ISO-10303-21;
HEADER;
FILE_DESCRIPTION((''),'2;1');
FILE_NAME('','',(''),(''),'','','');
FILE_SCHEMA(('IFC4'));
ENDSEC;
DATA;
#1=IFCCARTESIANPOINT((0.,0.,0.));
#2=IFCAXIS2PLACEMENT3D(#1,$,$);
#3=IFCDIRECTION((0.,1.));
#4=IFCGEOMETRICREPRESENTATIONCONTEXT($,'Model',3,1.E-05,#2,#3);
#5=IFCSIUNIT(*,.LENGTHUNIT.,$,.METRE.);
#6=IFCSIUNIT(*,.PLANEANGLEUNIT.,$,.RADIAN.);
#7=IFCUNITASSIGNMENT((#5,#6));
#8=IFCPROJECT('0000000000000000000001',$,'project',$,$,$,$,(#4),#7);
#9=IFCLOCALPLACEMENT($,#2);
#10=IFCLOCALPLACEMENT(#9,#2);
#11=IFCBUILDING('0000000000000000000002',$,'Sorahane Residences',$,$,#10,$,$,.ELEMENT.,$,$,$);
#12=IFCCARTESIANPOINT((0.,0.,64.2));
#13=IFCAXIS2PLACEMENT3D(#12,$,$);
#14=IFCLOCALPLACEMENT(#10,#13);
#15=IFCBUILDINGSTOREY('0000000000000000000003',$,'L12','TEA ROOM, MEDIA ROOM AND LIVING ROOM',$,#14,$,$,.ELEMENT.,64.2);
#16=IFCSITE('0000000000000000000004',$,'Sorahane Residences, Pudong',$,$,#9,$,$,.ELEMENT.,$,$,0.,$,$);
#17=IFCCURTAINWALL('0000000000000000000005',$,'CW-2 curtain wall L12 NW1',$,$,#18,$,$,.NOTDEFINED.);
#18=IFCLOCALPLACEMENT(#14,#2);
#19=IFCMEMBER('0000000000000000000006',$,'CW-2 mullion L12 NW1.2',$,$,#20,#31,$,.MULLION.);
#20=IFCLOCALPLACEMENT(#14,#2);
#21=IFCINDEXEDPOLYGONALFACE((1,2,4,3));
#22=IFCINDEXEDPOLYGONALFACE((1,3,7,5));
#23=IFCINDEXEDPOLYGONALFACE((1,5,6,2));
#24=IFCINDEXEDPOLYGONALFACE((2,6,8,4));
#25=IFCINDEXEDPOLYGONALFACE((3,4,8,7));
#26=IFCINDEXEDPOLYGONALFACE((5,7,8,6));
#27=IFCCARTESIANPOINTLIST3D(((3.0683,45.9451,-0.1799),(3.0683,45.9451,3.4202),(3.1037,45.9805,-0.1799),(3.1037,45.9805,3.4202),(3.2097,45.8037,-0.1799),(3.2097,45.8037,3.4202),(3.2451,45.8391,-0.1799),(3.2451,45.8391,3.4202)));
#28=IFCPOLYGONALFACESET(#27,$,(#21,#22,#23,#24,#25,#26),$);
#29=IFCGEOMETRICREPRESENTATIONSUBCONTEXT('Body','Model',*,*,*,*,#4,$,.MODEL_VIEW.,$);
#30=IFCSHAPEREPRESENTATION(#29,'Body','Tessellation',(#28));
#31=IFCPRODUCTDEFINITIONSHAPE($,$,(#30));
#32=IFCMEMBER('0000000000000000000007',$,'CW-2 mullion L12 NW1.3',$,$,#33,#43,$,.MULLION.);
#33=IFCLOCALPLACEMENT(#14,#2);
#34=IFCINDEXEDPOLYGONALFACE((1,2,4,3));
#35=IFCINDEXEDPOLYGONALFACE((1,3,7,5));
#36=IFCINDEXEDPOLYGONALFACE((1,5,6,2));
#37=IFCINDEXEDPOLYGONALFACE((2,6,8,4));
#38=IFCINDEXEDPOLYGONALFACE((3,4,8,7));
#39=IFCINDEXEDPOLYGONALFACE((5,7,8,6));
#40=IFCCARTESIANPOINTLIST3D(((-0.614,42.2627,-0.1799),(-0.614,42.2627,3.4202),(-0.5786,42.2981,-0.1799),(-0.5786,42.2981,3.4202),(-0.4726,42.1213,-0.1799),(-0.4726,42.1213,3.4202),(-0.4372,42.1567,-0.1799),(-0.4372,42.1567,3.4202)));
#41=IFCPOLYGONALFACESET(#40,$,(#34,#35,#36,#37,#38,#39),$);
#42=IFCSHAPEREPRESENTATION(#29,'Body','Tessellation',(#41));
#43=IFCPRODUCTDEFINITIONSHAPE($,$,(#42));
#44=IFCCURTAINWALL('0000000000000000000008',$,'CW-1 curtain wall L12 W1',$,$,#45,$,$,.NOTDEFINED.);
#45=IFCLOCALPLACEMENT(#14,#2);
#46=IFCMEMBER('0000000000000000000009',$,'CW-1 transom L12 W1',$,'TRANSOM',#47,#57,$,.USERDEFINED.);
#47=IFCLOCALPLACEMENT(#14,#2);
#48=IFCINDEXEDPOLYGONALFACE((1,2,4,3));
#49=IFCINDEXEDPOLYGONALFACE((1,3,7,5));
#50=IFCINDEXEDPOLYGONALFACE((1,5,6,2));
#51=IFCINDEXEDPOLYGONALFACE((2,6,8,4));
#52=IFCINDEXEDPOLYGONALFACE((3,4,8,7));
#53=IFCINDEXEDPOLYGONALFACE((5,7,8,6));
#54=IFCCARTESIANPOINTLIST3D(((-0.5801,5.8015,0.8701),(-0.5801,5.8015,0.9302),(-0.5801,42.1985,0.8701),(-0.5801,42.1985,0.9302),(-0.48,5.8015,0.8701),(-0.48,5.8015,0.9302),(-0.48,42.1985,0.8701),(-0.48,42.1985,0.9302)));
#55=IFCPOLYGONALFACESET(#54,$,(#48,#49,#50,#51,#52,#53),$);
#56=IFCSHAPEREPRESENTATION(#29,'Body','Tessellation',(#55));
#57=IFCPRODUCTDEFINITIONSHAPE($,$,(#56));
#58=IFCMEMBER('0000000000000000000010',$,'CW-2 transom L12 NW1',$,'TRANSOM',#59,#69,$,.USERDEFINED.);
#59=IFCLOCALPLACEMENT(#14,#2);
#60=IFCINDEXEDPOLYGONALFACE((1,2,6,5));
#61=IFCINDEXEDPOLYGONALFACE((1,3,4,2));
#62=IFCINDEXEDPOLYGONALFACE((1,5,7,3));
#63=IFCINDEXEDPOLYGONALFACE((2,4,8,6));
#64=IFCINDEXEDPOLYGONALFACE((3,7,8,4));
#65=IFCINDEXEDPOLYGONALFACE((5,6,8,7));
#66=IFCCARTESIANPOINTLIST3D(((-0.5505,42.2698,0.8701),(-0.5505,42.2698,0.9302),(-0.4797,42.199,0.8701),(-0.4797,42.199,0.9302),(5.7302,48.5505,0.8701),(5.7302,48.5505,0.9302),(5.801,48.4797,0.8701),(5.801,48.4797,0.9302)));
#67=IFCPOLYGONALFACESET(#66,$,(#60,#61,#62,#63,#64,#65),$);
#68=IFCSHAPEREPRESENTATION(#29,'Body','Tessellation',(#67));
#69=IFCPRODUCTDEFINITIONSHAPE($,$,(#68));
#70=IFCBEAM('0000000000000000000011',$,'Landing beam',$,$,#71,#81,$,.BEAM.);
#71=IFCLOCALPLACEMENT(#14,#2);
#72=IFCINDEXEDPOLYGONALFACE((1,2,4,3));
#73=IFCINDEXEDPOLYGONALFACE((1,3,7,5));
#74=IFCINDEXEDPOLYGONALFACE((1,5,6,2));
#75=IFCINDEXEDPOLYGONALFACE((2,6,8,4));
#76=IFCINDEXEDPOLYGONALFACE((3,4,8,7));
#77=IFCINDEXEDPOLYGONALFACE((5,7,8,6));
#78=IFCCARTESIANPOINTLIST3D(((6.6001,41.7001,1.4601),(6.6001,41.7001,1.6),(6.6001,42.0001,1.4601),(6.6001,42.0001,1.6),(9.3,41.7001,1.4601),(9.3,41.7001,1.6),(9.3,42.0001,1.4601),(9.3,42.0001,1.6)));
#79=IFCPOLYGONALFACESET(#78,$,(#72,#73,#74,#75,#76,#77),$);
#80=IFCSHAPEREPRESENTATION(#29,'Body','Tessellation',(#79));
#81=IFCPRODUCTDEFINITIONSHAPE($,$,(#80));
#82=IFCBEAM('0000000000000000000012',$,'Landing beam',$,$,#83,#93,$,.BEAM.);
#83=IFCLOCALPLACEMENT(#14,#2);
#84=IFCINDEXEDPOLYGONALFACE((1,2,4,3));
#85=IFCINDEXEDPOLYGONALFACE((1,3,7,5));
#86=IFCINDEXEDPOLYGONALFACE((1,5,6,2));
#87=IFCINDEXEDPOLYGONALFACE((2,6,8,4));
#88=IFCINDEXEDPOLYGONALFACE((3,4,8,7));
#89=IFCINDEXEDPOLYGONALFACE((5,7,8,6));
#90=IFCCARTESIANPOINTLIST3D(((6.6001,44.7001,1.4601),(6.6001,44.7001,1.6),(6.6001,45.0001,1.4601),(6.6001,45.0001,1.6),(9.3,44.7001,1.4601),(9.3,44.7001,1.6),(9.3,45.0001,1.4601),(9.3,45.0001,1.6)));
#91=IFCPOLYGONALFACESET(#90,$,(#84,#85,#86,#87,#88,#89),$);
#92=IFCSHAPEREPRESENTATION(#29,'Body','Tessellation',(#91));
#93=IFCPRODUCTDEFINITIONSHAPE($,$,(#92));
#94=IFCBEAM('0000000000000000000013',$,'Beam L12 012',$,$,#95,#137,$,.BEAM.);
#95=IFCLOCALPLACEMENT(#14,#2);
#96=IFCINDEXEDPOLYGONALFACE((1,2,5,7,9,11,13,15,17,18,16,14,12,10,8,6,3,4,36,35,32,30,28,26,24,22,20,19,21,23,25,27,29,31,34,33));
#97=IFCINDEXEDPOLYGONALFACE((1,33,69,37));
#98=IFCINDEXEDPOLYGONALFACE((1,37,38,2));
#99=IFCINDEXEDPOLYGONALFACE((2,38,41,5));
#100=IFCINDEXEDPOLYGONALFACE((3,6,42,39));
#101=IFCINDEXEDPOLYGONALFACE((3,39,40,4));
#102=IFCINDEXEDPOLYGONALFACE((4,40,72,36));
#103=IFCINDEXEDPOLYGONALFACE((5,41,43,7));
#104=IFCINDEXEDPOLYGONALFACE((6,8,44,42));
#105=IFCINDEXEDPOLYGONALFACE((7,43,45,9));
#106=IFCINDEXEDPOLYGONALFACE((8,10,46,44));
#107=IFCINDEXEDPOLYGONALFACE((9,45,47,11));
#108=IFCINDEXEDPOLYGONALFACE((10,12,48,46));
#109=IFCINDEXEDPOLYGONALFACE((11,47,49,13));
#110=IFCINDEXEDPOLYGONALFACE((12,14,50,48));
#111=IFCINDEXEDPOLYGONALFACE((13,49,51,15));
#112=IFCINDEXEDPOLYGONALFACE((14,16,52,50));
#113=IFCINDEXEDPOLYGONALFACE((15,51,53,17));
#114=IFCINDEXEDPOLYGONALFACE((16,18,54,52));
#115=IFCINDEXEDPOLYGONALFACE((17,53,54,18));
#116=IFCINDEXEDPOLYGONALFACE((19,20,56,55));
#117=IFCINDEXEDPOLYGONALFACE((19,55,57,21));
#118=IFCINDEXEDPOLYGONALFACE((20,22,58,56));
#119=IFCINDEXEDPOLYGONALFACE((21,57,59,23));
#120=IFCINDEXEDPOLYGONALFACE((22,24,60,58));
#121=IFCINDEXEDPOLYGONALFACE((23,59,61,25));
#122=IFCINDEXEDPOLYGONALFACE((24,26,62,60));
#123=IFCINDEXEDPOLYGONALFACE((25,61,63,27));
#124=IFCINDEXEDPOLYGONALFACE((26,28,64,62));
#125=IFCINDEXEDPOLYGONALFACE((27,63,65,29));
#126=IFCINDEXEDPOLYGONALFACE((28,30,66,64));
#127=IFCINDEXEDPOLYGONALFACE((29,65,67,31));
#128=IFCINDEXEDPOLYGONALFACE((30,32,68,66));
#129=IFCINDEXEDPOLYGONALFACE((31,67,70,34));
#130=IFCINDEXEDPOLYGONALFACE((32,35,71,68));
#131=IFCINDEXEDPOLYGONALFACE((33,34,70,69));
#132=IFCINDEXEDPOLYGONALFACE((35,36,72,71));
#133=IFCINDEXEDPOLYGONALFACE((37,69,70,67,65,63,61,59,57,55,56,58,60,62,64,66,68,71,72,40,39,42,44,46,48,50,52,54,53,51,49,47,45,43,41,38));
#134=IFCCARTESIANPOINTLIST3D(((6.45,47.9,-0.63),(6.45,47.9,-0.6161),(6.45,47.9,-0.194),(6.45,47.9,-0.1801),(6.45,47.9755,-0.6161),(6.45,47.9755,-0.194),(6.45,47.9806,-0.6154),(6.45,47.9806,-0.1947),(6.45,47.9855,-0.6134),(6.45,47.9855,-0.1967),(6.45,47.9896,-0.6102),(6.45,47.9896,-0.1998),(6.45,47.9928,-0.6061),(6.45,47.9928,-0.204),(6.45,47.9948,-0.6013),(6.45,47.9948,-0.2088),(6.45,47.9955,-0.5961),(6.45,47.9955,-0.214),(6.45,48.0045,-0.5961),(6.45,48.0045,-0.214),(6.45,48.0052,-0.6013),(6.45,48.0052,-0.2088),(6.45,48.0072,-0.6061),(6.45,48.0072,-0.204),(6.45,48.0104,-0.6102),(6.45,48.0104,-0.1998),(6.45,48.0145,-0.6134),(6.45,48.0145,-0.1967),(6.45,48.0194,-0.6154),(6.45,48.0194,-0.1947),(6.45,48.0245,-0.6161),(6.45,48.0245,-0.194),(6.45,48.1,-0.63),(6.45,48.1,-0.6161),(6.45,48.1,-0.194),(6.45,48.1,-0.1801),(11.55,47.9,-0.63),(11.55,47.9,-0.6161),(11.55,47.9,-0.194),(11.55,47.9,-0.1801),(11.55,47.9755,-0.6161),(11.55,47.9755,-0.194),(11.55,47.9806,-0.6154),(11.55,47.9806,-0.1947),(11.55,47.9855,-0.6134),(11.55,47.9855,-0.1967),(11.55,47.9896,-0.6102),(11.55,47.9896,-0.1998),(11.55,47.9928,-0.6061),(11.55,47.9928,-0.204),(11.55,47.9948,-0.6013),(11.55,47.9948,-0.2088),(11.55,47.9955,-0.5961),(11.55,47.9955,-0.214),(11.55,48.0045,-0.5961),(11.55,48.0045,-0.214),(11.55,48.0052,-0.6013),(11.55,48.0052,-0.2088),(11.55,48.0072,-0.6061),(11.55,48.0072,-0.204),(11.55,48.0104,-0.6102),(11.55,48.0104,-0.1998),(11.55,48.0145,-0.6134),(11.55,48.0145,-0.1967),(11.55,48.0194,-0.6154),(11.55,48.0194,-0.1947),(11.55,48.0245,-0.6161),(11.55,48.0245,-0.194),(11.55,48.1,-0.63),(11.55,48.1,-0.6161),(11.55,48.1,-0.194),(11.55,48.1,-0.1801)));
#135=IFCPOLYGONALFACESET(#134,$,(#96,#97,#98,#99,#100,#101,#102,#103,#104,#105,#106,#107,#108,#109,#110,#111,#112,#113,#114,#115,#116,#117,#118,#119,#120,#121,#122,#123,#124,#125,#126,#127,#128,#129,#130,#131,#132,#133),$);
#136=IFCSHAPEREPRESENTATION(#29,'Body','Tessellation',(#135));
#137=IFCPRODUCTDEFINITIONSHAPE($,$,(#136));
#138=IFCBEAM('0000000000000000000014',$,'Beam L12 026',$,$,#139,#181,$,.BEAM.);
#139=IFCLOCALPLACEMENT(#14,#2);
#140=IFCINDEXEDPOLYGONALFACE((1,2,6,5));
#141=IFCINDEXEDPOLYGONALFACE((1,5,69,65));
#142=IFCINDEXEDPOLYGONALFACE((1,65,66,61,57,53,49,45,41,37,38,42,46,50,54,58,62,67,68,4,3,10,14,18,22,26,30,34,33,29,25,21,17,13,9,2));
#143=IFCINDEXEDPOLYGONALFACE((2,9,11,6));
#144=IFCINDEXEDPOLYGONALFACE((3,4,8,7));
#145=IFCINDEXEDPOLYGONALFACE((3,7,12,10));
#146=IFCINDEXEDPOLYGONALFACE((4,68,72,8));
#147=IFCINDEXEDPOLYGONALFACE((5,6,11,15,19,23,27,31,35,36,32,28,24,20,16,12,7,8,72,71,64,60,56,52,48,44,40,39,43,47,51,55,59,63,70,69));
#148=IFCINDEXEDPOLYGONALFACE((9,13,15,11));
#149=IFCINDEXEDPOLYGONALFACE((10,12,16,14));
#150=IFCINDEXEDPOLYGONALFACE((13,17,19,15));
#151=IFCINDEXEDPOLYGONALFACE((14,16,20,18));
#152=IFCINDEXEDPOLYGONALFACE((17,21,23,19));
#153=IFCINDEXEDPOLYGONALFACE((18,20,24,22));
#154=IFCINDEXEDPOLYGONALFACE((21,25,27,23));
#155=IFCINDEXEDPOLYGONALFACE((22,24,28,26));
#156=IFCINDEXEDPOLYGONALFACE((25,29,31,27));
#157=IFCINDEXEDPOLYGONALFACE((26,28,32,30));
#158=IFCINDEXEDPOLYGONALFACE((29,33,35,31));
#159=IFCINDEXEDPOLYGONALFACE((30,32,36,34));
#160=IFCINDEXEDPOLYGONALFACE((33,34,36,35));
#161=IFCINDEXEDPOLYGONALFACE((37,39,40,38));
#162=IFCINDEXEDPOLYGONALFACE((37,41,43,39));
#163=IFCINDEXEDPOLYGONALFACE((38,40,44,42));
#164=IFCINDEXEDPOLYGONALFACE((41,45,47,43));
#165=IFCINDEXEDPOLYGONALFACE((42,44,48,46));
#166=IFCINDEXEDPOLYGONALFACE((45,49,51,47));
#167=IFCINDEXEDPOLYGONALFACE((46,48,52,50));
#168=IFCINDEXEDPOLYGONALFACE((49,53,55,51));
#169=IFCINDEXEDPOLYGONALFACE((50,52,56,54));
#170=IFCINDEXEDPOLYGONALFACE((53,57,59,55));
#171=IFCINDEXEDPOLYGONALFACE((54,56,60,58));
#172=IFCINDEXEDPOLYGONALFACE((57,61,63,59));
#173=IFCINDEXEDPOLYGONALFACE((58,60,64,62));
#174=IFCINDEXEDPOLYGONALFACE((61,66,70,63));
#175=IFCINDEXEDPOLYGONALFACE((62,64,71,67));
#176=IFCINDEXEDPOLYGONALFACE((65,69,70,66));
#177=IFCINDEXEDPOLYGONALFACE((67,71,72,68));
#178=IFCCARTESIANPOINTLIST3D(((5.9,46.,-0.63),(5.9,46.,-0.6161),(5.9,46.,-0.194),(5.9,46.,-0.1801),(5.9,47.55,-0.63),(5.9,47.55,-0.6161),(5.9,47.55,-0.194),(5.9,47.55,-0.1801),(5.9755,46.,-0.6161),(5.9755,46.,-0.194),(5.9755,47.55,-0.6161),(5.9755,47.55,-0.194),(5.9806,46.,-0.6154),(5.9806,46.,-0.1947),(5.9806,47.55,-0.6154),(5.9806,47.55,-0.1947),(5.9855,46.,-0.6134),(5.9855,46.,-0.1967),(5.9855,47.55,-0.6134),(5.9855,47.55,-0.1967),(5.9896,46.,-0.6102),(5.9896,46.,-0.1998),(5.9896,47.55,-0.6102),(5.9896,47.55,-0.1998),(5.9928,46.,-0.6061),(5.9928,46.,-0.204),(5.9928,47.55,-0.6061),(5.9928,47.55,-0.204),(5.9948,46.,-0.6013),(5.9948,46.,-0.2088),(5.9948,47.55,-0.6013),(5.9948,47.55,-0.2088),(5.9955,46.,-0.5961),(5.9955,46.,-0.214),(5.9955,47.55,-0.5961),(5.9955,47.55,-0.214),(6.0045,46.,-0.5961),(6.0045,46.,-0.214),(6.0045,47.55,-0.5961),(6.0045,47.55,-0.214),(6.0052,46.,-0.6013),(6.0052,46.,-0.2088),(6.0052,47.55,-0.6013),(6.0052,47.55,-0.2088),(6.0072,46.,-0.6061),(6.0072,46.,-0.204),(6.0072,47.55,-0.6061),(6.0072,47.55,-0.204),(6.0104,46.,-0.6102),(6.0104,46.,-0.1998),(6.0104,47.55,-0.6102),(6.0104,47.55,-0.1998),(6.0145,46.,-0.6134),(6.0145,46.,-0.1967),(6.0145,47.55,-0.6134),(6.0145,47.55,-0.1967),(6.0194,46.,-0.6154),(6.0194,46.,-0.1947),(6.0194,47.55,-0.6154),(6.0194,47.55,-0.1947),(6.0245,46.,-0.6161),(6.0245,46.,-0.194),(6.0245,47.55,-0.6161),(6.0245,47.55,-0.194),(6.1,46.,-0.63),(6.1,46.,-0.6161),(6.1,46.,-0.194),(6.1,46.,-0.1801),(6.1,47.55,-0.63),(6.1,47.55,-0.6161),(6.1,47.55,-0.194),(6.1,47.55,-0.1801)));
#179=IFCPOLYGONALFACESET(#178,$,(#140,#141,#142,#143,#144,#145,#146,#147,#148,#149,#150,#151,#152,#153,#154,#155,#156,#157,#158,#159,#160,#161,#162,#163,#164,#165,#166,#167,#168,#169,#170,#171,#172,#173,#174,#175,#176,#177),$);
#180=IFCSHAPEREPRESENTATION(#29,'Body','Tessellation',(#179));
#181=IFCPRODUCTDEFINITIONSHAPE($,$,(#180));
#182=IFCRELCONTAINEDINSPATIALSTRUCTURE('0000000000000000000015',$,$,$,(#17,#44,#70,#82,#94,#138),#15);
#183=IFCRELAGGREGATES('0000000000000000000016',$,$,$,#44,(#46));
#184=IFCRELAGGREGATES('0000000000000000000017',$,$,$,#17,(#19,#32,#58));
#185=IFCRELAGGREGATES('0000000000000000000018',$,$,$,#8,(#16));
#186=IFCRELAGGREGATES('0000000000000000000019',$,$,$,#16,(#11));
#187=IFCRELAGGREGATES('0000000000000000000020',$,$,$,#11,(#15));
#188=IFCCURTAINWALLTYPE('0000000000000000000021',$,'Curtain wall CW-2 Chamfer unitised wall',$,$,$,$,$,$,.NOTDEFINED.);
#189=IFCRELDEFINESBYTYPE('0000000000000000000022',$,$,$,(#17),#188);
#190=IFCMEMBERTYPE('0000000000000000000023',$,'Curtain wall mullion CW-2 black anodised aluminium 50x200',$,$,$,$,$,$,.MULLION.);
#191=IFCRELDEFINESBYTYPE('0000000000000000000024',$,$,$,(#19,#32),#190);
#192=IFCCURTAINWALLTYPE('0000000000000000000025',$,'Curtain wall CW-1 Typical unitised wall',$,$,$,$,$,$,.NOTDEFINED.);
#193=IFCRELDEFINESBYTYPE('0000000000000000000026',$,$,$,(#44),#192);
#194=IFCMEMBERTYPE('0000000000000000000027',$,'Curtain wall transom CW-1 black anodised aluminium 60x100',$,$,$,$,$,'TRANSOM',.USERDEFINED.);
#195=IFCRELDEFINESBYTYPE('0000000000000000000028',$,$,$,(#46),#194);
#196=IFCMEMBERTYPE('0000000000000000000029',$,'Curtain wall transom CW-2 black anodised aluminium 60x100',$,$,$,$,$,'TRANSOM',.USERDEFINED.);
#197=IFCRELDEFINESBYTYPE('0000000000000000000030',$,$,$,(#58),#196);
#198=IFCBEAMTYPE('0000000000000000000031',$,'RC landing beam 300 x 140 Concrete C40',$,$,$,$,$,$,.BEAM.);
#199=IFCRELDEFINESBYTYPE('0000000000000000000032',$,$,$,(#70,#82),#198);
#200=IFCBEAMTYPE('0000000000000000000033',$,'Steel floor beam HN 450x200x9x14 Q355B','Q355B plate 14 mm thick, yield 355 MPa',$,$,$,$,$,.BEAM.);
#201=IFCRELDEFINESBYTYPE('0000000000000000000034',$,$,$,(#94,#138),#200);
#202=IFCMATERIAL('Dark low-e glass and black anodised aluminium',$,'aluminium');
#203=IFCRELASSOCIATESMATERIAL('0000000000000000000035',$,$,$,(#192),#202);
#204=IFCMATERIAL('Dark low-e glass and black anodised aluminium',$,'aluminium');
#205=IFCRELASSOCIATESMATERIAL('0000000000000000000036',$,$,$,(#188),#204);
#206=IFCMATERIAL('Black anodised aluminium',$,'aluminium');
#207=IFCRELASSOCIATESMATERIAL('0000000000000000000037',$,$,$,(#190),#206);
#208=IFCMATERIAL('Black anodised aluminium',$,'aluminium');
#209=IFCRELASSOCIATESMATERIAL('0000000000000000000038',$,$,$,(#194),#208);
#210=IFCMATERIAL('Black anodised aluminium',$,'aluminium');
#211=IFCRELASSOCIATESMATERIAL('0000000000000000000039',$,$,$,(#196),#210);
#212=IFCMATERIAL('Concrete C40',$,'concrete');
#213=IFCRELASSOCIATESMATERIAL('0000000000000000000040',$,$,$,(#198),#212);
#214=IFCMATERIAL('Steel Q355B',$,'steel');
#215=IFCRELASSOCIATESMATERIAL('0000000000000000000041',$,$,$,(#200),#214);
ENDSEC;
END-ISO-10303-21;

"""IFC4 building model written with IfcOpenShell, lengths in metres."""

from ifc_helpers import new_model, si_unit, direction, frame, origin, origin_2d, place, context, subcontext, project, spatial, rectangle, i_section, extrude, material, material_profile, profile_set, type_object, element, aggregate, save


model = new_model("IFC4")

# Units and contexts
model_context = context("Model", 3, precision=1e-05, world=origin(), true_north=direction((0.0, 1.0)))
body_context = subcontext(model_context, "Body", "Model", "MODEL_VIEW")
ifc_project = project(units=[si_unit("LENGTHUNIT", "METRE"), si_unit("PLANEANGLEUNIT", "RADIAN")], contexts=[model_context])

# Site, building, storey
site_placement = place(None, origin())
site = spatial("IfcSite", under=ifc_project, at=site_placement, Name="Sorahane Residences, Pudong", CompositionType="ELEMENT", RefElevation=0.0)
building_placement = place(site_placement, origin())
building = spatial("IfcBuilding", under=site, at=building_placement, Name="Sorahane Residences", CompositionType="ELEMENT")
storey_placement = place(building_placement, frame((0.0, 0.0, 64.2)))
storey = spatial("IfcBuildingStorey", under=building, at=storey_placement, Name="L12", Description="TEA ROOM, MEDIA ROOM AND LIVING ROOM", CompositionType="ELEMENT", Elevation=64.2)

# Curtain wall, members
ifc_material_1 = material(Name="Dark low-e glass and black anodised aluminium", Category="aluminium")
curtain_wall_type_1 = type_object("IfcCurtainWallType", Name="Curtain wall CW-1 Typical unitised wall", PredefinedType="NOTDEFINED", material=ifc_material_1)
ifc_material_2 = material(Name="Dark low-e glass and black anodised aluminium", Category="aluminium")
curtain_wall_type_2 = type_object("IfcCurtainWallType", Name="Curtain wall CW-2 Chamfer unitised wall", PredefinedType="NOTDEFINED", material=ifc_material_2)
curtain_wall_1_placement = place(storey_placement, origin())
curtain_wall_1 = element("IfcCurtainWall", 1, at=curtain_wall_1_placement, inside=storey, type_object=curtain_wall_type_2, Name="CW-2 curtain wall L12 NW1", PredefinedType="NOTDEFINED")
ifc_material_3 = material(Name="Black anodised aluminium", Category="aluminium")
ifc_material_profile_1 = material_profile(ifc_material_3, rectangle(XDim=0.2, YDim=0.05, at=origin_2d()), Name="Curtain wall mullion CW-2 black anodised aluminium 50x200")
ifc_profile_set_1 = profile_set([ifc_material_profile_1], Name="Black anodised aluminium")
member_type_1 = type_object("IfcMemberType", Name="Curtain wall mullion CW-2 black anodised aluminium 50x200", PredefinedType="MULLION", material=ifc_profile_set_1)
member_1_placement = place(storey_placement, frame((3.1567, 45.8921, -0.1799), z_axis=(0.0, 0.0, 1.0), x_axis=(-0.707107, 0.707107, 0.0)))
member_1 = element("IfcMember", 2, at=member_1_placement, type_object=member_type_1, Name="CW-2 mullion L12 NW1.2", PredefinedType="MULLION", context=body_context, shape_type="SweptSolid", body=[
    extrude(rectangle(XDim=0.2, YDim=0.05, at=origin_2d()), origin(), (0.0, 0.0, 1.0), 3.6001),
])
member_2_placement = place(storey_placement, frame((-0.5256, 42.2097, -0.1799), z_axis=(0.0, 0.0, 1.0), x_axis=(-0.707107, 0.707107, 0.0)))
member_2 = element("IfcMember", 3, at=member_2_placement, type_object=member_type_1, Name="CW-2 mullion L12 NW1.3", PredefinedType="MULLION", context=body_context, shape_type="SweptSolid", body=[
    extrude(rectangle(XDim=0.2, YDim=0.05, at=origin_2d()), origin(), (0.0, 0.0, 1.0), 3.6001),
])

# Curtain wall, member
curtain_wall_2_placement = place(storey_placement, origin())
curtain_wall_2 = element("IfcCurtainWall", 4, at=curtain_wall_2_placement, inside=storey, type_object=curtain_wall_type_1, Name="CW-1 curtain wall L12 W1", PredefinedType="NOTDEFINED")
ifc_material_4 = material(Name="Black anodised aluminium", Category="aluminium")
ifc_material_profile_2 = material_profile(ifc_material_4, rectangle(XDim=0.1001, YDim=0.0601, at=origin_2d()), Name="Curtain wall transom CW-1 black anodised aluminium 60x100")
ifc_profile_set_2 = profile_set([ifc_material_profile_2], Name="Black anodised aluminium")
member_type_2 = type_object("IfcMemberType", Name="Curtain wall transom CW-1 black anodised aluminium 60x100", ElementType="TRANSOM", PredefinedType="USERDEFINED", material=ifc_profile_set_2)
member_3_placement = place(storey_placement, frame((-0.53, 42.1985, 0.9001), z_axis=(0.0, -1.0, 0.0), x_axis=(1.0, 0.0, 0.0)))
member_3 = element("IfcMember", 5, at=member_3_placement, type_object=member_type_2, Name="CW-1 transom L12 W1", ObjectType="TRANSOM", PredefinedType="USERDEFINED", context=body_context, shape_type="SweptSolid", body=[
    extrude(rectangle(XDim=0.1001, YDim=0.0601, at=origin_2d()), origin(), (0.0, 0.0, 1.0), 36.397),
])
aggregate(curtain_wall_2, [member_3])

# Member
ifc_material_5 = material(Name="Black anodised aluminium", Category="aluminium")
ifc_material_profile_3 = material_profile(ifc_material_5, rectangle(XDim=0.1001, YDim=0.0601, at=origin_2d()), Name="Curtain wall transom CW-2 black anodised aluminium 60x100")
ifc_profile_set_3 = profile_set([ifc_material_profile_3], Name="Black anodised aluminium")
member_type_3 = type_object("IfcMemberType", Name="Curtain wall transom CW-2 black anodised aluminium 60x100", ElementType="TRANSOM", PredefinedType="USERDEFINED", material=ifc_profile_set_3)
member_4_placement = place(storey_placement, frame((5.7656, 48.5151, 0.9001), z_axis=(-0.707107, -0.707107, 0.0), x_axis=(0.707107, -0.707107, 0.0)))
member_4 = element("IfcMember", 6, at=member_4_placement, type_object=member_type_3, Name="CW-2 transom L12 NW1", ObjectType="TRANSOM", PredefinedType="USERDEFINED", context=body_context, shape_type="SweptSolid", body=[
    extrude(rectangle(XDim=0.1001, YDim=0.0601, at=origin_2d()), origin(), (0.0, 0.0, 1.0), 8.8823),
])

# Beams
ifc_material_6 = material(Name="Concrete C40", Category="concrete")
ifc_material_profile_4 = material_profile(ifc_material_6, rectangle(XDim=0.3, YDim=0.1399, at=origin_2d()), Name="300x140")
ifc_profile_set_4 = profile_set([ifc_material_profile_4], Name="Concrete C40")
beam_type_1 = type_object("IfcBeamType", Name="RC landing beam 300 x 140 Concrete C40", PredefinedType="BEAM", material=ifc_profile_set_4)
for number, where, z_axis, x_axis, name in (
    (7, (6.6001, 41.8501, 1.53), (1.0, 0.0, 0.0), (0.0, 1.0, 0.0), "Landing beam"),
    (8, (6.6001, 44.8501, 1.53), (1.0, 0.0, 0.0), (0.0, 1.0, 0.0), "Landing beam"),
):
    element("IfcBeam", number, at=place(storey_placement, frame(where, z_axis=z_axis, x_axis=x_axis)), inside=storey, type_object=beam_type_1, Name=name, PredefinedType="BEAM", context=body_context, shape_type="SweptSolid", body=[
        extrude(rectangle(XDim=0.3, YDim=0.1399, at=origin_2d()), origin(), (0.0, 0.0, 1.0), 2.7),
    ])
ifc_material_7 = material(Name="Steel Q355B", Category="steel")
ifc_material_profile_5 = material_profile(ifc_material_7, i_section(OverallWidth=0.2, OverallDepth=0.45, WebThickness=0.009, FlangeThickness=0.0139, FilletRadius=0.02, at=origin_2d()), Name="HN 450x200x9x14")
ifc_profile_set_5 = profile_set([ifc_material_profile_5], Name="Steel Q355B")
beam_type_2 = type_object("IfcBeamType", Name="Steel floor beam HN 450x200x9x14 Q355B", Description="Q355B plate 14 mm thick, yield 355 MPa", PredefinedType="BEAM", material=ifc_profile_set_5)
beam_1_placement = place(storey_placement, frame((6.45, 48.0, -0.405), z_axis=(1.0, 0.0, 0.0), x_axis=(0.0, 1.0, 0.0)))
element("IfcBeam", 9, at=beam_1_placement, inside=storey, type_object=beam_type_2, Name="Beam L12 012", PredefinedType="BEAM", context=body_context, shape_type="SweptSolid", body=[
    extrude(i_section(OverallWidth=0.2, OverallDepth=0.45, WebThickness=0.009, FlangeThickness=0.0139, FilletRadius=0.02, at=origin_2d()), origin(), (0.0, 0.0, 1.0), 5.1001),
])
for number, where, z_axis, x_axis, name in (
    (10, (6.0, 46.0, -0.405), (0.0, 1.0, 0.0), (-1.0, 0.0, 0.0), "Beam L12 026"),
):
    element("IfcBeam", number, at=place(storey_placement, frame(where, z_axis=z_axis, x_axis=x_axis)), inside=storey, type_object=beam_type_2, Name=name, PredefinedType="BEAM", context=body_context, shape_type="SweptSolid", body=[
        extrude(i_section(OverallWidth=0.2, OverallDepth=0.45, WebThickness=0.009, FlangeThickness=0.0139, FilletRadius=0.02, at=origin_2d()), origin(), (0.0, 0.0, 1.0), 1.55),
    ])

aggregate(curtain_wall_1, [member_1, member_2, member_4])

save(model, "model.ifc")
